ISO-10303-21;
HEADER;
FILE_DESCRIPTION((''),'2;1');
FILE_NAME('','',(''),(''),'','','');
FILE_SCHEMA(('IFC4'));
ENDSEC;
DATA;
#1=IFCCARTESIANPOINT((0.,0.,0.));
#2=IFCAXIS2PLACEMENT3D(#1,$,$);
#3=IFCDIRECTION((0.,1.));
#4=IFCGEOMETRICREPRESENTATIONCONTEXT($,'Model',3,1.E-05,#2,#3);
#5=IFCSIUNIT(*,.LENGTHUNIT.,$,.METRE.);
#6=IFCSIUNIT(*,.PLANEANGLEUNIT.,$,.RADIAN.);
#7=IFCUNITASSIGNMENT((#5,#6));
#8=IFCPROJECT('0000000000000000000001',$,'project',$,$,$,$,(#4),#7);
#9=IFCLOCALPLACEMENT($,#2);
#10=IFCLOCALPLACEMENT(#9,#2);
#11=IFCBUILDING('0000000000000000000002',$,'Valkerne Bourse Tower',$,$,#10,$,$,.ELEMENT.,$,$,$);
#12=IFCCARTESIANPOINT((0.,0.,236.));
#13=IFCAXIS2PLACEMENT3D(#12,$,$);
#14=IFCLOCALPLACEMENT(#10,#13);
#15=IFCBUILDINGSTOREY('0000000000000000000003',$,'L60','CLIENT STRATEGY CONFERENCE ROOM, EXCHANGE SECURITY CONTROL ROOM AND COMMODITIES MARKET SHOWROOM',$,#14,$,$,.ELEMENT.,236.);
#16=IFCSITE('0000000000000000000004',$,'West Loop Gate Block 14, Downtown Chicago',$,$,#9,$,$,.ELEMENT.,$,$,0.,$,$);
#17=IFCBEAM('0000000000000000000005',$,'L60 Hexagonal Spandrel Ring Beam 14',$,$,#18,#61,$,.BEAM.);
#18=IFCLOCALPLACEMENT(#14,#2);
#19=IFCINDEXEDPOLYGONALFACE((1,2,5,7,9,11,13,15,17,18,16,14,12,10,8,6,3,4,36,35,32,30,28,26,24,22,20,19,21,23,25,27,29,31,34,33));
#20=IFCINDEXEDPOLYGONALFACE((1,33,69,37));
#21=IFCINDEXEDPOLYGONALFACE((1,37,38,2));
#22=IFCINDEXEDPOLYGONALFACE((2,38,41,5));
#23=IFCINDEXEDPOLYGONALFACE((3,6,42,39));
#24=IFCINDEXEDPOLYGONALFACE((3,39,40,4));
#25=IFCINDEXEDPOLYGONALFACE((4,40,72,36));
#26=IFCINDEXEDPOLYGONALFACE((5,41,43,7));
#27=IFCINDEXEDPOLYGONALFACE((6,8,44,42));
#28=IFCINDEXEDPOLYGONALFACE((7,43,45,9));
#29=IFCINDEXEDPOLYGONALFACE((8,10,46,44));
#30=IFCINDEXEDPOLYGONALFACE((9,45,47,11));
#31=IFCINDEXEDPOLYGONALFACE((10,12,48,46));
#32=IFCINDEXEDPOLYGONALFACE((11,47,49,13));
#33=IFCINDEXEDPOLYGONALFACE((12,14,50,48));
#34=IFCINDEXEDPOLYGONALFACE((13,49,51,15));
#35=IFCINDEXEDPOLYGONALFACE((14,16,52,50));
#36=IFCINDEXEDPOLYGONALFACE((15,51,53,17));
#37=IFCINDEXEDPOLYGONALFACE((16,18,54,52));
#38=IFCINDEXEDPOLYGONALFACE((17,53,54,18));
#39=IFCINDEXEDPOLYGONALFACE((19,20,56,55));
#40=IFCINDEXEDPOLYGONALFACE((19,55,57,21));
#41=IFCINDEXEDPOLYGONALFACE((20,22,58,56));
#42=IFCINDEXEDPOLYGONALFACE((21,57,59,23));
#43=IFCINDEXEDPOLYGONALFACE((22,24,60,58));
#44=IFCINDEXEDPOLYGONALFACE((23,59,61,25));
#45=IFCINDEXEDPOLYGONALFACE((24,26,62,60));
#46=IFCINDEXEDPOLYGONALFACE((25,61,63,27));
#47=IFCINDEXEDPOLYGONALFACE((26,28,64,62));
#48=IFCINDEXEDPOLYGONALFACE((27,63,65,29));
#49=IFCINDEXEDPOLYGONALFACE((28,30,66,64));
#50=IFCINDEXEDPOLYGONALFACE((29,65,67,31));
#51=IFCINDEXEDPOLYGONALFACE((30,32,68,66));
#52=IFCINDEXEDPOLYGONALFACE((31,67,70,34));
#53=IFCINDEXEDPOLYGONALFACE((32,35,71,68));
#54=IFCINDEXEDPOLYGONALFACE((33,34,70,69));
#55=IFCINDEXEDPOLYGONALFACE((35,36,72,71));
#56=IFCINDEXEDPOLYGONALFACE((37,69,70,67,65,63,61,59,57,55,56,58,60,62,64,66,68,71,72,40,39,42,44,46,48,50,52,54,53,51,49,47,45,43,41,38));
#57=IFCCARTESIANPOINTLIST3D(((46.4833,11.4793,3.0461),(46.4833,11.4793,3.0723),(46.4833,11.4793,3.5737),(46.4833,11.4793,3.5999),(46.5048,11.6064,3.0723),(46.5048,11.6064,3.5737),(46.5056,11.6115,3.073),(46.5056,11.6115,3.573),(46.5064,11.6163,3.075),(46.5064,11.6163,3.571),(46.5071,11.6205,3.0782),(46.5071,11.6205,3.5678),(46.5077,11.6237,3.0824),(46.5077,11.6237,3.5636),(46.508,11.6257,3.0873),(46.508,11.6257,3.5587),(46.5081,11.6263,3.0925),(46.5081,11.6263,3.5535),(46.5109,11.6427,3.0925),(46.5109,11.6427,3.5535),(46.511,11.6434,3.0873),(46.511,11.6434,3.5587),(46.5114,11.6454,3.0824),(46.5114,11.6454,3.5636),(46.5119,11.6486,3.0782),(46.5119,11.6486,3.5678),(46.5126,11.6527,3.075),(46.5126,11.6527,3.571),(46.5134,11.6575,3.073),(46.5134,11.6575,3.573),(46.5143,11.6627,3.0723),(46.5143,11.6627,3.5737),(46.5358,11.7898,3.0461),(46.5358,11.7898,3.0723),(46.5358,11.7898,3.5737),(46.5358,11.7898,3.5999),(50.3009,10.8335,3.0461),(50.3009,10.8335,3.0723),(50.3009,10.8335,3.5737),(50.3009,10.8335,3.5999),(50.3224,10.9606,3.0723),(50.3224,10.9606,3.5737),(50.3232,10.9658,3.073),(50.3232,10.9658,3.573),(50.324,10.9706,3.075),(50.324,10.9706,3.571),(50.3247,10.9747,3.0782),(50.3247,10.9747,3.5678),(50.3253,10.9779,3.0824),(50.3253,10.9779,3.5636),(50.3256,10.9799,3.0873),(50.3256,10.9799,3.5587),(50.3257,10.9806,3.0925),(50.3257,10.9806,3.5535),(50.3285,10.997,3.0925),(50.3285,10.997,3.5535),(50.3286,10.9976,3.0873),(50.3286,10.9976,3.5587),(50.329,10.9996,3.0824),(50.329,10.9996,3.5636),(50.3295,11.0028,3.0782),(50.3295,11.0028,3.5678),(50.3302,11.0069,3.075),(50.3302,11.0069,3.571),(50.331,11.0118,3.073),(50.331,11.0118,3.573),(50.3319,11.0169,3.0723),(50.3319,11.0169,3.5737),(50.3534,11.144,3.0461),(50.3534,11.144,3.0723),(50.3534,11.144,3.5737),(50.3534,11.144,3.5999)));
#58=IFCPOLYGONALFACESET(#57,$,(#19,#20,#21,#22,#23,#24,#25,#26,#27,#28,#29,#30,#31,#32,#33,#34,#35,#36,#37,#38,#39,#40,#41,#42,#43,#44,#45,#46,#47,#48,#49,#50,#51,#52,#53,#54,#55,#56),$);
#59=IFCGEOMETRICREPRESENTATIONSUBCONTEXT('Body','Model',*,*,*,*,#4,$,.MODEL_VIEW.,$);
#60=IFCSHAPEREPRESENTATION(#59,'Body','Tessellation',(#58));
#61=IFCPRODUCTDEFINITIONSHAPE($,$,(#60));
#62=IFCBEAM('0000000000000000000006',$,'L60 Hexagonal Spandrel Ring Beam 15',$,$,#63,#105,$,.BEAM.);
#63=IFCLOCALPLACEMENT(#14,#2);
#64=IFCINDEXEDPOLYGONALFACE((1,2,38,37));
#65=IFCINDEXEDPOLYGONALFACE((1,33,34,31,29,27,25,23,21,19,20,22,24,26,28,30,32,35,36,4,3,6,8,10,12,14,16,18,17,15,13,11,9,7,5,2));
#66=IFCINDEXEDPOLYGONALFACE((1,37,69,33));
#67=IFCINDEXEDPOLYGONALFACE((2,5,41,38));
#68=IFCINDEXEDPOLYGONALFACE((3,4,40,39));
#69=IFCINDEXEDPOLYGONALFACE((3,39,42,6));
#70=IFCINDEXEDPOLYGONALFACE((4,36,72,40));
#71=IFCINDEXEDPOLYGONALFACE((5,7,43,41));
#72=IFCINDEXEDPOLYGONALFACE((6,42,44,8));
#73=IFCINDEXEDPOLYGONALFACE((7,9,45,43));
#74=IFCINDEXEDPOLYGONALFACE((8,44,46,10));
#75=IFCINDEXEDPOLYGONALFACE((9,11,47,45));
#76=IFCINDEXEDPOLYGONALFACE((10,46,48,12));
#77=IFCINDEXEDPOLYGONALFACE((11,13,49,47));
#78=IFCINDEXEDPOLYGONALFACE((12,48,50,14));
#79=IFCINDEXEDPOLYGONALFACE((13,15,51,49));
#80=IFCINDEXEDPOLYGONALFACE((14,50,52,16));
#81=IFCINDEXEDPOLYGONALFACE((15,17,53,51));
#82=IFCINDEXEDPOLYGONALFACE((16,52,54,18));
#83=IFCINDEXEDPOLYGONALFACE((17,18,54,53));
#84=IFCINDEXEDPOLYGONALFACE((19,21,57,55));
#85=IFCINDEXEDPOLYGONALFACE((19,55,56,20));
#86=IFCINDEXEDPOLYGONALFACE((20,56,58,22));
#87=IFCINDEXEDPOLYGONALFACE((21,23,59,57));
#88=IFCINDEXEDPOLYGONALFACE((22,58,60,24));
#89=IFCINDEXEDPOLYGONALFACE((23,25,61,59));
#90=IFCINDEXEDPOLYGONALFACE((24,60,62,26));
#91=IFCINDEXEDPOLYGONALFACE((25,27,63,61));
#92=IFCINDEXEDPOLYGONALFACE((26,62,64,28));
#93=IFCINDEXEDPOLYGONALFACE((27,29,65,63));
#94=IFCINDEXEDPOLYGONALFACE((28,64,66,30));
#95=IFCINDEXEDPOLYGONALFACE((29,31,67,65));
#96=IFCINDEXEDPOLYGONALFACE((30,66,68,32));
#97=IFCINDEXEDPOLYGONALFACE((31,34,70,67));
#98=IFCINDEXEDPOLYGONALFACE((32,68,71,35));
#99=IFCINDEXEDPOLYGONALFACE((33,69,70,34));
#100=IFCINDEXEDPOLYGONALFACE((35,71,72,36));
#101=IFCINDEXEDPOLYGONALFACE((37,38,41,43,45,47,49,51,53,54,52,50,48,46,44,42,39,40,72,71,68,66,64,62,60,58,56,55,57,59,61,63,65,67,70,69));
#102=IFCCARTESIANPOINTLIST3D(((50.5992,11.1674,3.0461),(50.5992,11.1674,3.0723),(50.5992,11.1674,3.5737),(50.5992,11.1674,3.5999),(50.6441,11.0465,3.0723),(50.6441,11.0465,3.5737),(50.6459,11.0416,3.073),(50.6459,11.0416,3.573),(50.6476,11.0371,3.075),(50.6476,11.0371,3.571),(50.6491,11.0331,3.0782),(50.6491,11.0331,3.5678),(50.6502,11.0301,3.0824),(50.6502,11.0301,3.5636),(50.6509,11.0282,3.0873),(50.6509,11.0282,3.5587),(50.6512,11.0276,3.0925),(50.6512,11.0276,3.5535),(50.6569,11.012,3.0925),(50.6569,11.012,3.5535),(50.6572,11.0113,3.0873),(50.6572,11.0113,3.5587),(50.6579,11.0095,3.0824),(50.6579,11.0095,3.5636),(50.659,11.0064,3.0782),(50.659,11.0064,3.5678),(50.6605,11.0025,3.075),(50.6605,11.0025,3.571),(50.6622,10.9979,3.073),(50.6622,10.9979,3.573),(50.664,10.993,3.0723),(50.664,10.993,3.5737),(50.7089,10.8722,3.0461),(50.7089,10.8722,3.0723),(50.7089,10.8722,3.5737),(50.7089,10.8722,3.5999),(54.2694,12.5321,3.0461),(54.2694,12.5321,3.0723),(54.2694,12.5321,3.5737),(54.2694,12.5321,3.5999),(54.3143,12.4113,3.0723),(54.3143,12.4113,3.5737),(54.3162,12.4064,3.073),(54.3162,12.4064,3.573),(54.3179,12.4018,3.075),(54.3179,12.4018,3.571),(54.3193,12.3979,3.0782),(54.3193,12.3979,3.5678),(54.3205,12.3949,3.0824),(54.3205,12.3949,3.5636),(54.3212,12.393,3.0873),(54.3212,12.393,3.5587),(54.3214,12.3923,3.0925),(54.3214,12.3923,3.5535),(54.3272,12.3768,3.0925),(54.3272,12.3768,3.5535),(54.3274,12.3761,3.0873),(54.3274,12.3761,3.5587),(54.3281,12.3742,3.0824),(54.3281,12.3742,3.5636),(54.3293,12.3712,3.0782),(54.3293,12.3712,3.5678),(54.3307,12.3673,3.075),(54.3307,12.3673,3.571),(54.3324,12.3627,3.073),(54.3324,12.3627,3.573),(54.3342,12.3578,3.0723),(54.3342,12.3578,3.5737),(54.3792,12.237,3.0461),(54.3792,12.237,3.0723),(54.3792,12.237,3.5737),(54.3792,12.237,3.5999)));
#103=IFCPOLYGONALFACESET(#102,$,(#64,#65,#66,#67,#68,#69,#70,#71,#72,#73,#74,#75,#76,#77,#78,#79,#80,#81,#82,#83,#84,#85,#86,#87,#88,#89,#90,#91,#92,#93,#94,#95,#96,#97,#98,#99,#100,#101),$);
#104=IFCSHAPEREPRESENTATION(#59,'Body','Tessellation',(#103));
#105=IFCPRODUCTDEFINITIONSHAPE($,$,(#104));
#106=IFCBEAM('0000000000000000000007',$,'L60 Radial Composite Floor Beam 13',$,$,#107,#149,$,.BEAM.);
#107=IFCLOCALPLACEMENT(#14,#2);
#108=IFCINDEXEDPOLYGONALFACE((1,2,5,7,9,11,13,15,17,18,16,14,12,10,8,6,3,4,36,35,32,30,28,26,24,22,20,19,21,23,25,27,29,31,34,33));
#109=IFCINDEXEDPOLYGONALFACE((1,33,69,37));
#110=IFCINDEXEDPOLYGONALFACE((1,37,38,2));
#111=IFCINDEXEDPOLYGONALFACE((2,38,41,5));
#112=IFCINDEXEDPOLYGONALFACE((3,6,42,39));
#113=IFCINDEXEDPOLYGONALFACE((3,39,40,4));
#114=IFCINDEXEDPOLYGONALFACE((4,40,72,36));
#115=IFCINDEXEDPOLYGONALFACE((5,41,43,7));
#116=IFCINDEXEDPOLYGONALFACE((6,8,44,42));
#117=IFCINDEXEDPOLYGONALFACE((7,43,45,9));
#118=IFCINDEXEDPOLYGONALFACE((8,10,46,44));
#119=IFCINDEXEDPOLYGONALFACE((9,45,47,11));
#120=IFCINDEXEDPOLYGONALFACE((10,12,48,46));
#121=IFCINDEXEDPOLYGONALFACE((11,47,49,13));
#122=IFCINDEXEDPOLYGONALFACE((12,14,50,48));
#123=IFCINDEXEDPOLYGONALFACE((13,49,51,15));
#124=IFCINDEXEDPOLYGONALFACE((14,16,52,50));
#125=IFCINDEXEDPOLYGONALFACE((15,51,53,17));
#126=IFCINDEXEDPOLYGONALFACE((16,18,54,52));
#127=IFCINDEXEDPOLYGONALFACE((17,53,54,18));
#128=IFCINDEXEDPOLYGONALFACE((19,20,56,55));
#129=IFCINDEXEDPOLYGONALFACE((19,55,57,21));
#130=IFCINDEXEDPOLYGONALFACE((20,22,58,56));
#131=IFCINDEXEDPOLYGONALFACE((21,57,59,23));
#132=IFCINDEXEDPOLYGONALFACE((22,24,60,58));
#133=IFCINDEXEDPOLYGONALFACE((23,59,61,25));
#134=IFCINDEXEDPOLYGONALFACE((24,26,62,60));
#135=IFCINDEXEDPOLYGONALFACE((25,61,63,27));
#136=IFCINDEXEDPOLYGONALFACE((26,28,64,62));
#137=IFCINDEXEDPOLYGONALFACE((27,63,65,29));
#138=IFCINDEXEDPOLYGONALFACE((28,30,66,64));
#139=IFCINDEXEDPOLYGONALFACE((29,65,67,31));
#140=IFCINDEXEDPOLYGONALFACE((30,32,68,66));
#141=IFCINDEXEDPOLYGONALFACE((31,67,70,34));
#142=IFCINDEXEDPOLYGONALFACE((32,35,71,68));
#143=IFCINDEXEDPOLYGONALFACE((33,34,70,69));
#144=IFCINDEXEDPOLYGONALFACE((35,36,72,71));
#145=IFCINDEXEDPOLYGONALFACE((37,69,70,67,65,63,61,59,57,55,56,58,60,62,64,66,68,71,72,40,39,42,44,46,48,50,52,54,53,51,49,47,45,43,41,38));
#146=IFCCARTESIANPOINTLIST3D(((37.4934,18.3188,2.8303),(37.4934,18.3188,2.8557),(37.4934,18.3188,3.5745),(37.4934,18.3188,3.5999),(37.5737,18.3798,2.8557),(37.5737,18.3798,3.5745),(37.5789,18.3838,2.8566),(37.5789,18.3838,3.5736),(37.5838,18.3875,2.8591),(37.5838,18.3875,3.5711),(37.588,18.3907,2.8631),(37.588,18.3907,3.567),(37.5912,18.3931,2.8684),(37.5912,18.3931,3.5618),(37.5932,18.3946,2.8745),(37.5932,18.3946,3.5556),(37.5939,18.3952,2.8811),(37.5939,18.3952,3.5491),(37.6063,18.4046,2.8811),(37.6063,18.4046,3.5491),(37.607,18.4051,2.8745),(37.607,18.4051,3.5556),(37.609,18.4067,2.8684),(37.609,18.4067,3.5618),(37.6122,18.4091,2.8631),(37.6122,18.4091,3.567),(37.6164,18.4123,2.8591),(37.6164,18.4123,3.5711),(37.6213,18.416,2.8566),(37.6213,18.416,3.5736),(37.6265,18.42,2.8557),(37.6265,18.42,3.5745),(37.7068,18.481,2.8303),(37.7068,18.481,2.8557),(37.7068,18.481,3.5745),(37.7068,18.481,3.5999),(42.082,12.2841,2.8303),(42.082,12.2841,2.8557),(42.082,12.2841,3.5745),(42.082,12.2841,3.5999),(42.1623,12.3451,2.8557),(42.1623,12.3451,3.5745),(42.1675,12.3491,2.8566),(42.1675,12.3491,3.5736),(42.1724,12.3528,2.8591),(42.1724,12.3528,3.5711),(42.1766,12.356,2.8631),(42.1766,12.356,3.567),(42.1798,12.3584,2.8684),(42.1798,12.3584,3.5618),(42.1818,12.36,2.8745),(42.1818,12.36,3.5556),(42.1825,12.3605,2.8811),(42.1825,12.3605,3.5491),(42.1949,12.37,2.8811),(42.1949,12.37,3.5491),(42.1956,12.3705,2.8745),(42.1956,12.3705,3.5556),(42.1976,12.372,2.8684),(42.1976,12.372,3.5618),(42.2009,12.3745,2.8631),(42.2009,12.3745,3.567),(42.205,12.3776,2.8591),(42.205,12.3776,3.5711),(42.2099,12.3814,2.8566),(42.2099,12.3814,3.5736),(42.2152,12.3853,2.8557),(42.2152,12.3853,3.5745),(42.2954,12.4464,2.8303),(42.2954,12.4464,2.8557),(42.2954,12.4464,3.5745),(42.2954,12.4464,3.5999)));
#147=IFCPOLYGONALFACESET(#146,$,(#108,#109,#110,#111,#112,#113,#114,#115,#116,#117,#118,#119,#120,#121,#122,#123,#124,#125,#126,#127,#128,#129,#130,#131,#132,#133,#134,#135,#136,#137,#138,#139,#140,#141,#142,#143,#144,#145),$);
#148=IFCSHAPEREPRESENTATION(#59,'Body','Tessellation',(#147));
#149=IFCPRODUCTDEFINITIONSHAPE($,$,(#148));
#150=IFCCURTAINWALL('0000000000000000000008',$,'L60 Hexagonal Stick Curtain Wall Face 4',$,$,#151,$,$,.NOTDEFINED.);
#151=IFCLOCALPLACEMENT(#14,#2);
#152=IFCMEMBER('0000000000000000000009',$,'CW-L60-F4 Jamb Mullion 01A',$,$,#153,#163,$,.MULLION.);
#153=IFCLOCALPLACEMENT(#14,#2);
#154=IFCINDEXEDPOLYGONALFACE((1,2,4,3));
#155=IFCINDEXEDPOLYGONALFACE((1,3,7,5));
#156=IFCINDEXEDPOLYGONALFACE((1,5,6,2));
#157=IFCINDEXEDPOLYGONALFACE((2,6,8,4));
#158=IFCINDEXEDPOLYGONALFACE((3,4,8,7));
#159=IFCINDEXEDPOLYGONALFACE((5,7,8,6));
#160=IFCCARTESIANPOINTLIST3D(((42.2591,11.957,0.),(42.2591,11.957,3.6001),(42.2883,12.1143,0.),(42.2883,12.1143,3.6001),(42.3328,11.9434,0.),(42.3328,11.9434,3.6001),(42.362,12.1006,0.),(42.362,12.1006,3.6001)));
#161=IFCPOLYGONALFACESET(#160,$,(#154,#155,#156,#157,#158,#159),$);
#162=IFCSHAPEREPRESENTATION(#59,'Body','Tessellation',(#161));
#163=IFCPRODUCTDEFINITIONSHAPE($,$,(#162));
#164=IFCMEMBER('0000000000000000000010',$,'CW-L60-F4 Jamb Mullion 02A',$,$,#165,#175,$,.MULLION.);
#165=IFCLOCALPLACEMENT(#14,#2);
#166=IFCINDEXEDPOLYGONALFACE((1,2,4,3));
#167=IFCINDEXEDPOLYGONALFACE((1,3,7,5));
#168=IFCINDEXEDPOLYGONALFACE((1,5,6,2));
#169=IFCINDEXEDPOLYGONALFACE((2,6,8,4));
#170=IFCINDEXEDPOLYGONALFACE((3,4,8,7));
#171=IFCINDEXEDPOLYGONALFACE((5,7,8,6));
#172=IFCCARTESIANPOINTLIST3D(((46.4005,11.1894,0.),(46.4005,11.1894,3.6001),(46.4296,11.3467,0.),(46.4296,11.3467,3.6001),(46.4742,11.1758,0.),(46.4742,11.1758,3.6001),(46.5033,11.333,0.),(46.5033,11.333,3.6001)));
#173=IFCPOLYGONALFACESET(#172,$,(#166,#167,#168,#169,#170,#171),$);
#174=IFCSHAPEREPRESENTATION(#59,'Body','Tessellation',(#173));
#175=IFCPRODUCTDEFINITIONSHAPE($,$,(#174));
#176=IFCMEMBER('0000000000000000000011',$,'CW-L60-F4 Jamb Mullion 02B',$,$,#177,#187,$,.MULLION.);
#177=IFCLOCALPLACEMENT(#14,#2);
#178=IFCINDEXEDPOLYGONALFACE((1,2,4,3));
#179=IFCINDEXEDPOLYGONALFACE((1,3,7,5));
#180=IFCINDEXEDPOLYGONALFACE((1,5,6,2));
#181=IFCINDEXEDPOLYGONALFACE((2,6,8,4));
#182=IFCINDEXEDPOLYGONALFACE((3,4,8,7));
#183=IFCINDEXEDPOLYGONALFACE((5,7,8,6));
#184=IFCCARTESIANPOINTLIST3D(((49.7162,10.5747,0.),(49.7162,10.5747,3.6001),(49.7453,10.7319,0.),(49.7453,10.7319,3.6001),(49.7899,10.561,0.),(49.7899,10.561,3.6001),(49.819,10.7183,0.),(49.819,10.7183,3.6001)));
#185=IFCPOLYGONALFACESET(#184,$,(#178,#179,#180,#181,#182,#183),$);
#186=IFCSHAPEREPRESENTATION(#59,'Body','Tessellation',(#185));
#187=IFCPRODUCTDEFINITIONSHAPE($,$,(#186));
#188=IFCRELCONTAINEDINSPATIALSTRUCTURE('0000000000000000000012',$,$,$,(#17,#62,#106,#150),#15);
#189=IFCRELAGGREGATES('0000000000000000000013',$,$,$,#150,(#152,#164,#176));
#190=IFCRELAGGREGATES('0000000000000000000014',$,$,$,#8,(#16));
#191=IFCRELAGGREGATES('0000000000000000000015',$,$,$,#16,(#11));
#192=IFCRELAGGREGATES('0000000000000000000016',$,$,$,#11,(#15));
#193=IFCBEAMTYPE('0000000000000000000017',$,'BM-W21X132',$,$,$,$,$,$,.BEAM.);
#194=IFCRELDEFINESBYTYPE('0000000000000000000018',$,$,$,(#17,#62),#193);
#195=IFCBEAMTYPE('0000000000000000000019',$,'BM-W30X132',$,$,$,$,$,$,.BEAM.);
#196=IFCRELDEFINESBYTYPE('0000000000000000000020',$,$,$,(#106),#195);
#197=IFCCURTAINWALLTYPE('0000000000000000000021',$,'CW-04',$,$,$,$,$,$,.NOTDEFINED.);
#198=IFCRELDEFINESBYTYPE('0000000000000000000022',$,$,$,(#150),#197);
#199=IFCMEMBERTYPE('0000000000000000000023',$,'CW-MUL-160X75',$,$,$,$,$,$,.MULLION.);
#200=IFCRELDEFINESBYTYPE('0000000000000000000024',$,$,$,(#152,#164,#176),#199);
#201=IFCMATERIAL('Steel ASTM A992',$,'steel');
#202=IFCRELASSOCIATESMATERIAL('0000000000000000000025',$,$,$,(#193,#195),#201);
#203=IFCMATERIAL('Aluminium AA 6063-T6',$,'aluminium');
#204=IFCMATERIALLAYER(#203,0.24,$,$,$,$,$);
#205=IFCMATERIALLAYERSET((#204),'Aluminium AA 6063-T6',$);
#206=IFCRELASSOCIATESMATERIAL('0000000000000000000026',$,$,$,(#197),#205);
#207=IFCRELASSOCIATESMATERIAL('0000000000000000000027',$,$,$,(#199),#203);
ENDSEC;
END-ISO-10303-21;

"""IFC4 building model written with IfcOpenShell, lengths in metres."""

from ifc_helpers import new_model, si_unit, direction, frame, origin, origin_2d, place, context, subcontext, project, spatial, rectangle, i_section, extrude, material, layer, layer_set, material_profile, profile_set, type_object, element, aggregate, save


model = new_model("IFC4")

# Units and contexts
model_context = context("Model", 3, precision=1e-05, world=origin(), true_north=direction((0.0, 1.0)))
body_context = subcontext(model_context, "Body", "Model", "MODEL_VIEW")
ifc_project = project(units=[si_unit("LENGTHUNIT", "METRE"), si_unit("PLANEANGLEUNIT", "RADIAN")], contexts=[model_context])

# Site, building, storey
site_placement = place(None, origin())
site = spatial("IfcSite", under=ifc_project, at=site_placement, Name="West Loop Gate Block 14, Downtown Chicago", CompositionType="ELEMENT", RefElevation=0.0)
building_placement = place(site_placement, origin())
building = spatial("IfcBuilding", under=site, at=building_placement, Name="Valkerne Bourse Tower", CompositionType="ELEMENT")
storey_placement = place(building_placement, frame((0.0, 0.0, 236.0)))
storey = spatial("IfcBuildingStorey", under=building, at=storey_placement, Name="L60", Description="CLIENT STRATEGY CONFERENCE ROOM, EXCHANGE SECURITY CONTROL ROOM AND COMMODITIES MARKET SHOWROOM", CompositionType="ELEMENT", Elevation=236.0)

# Beams
ifc_material_1 = material(Name="Steel ASTM A992", Category="steel")
ifc_material_profile_1 = material_profile(ifc_material_1, i_section(OverallWidth=0.3149, OverallDepth=0.5537, WebThickness=0.0166, FlangeThickness=0.0261, FilletRadius=0.0203, at=origin_2d()), Name="W21X132")
ifc_profile_set_1 = profile_set([ifc_material_profile_1], Name="Steel ASTM A992")
beam_type_1 = type_object("IfcBeamType", Name="BM-W21X132", PredefinedType="BEAM", material=ifc_profile_set_1)
beam_1_placement = place(storey_placement, frame((46.5095, 11.6345, 3.323), z_axis=(0.985994, -0.166781, 0.0), x_axis=(0.166781, 0.985994, 0.0)))
element("IfcBeam", 1, at=beam_1_placement, inside=storey, type_object=beam_type_1, Name="L60 Hexagonal Spandrel Ring Beam 14", PredefinedType="BEAM", context=body_context, shape_type="SweptSolid", body=[
    extrude(i_section(OverallWidth=0.3149, OverallDepth=0.5537, WebThickness=0.0166, FlangeThickness=0.0261, FilletRadius=0.0203, at=origin_2d()), origin(), (0.0, 0.0, 1.0), 3.8718),
])
beam_2_placement = place(storey_placement, frame((50.6541, 11.0198, 3.323), z_axis=(0.937297, 0.348532, 0.0), x_axis=(-0.348532, 0.937297, 0.0)))
element("IfcBeam", 2, at=beam_2_placement, inside=storey, type_object=beam_type_1, Name="L60 Hexagonal Spandrel Ring Beam 15", PredefinedType="BEAM", context=body_context, shape_type="SweptSolid", body=[
    extrude(i_section(OverallWidth=0.3149, OverallDepth=0.5537, WebThickness=0.0166, FlangeThickness=0.0261, FilletRadius=0.0203, at=origin_2d()), origin(), (0.0, 0.0, 1.0), 3.9158),
])
ifc_material_profile_2 = material_profile(ifc_material_1, i_section(OverallWidth=0.2681, OverallDepth=0.7695, WebThickness=0.0156, FlangeThickness=0.0254, FilletRadius=0.0254, at=origin_2d()), Name="W30X132")
ifc_profile_set_2 = profile_set([ifc_material_profile_2], Name="Steel ASTM A992")
beam_type_2 = type_object("IfcBeamType", Name="BM-W30X132", PredefinedType="BEAM", material=ifc_profile_set_2)
beam_3_placement = place(storey_placement, frame((42.1887, 12.3652, 3.2151), z_axis=(-0.605274, 0.796018, 0.0), x_axis=(-0.796018, -0.605274, 0.0)))
element("IfcBeam", 3, at=beam_3_placement, inside=storey, type_object=beam_type_2, Name="L60 Radial Composite Floor Beam 13", PredefinedType="BEAM", context=body_context, shape_type="SweptSolid", body=[
    extrude(i_section(OverallWidth=0.2681, OverallDepth=0.7695, WebThickness=0.0156, FlangeThickness=0.0254, FilletRadius=0.0254, at=origin_2d()), origin(), (0.0, 0.0, 1.0), 7.5811),
])

# Curtain wall, members
ifc_material_2 = material(Name="Aluminium AA 6063-T6", Category="aluminium")
ifc_layer_1 = layer(ifc_material_2, 0.24)
ifc_layer_set_1 = layer_set([ifc_layer_1], Name="Aluminium AA 6063-T6")
curtain_wall_type = type_object("IfcCurtainWallType", Name="CW-04", PredefinedType="NOTDEFINED", material=ifc_layer_set_1)
curtain_wall_placement = place(storey_placement, origin())
curtain_wall = element("IfcCurtainWall", 4, at=curtain_wall_placement, inside=storey, type_object=curtain_wall_type, Name="L60 Hexagonal Stick Curtain Wall Face 4", PredefinedType="NOTDEFINED")
ifc_material_profile_3 = material_profile(ifc_material_2, rectangle(XDim=0.075, YDim=0.1599, at=origin_2d()), Name="CWM-75X160")
ifc_profile_set_3 = profile_set([ifc_material_profile_3], Name="Aluminium AA 6063-T6")
member_type = type_object("IfcMemberType", Name="CW-MUL-160X75", PredefinedType="MULLION", material=ifc_profile_set_3)
member_1_placement = place(storey_placement, frame((42.3105, 12.0288, 0.0), z_axis=(0.0, 0.0, 1.0), x_axis=(0.983258, -0.182217, 0.0)))
member_1 = element("IfcMember", 5, at=member_1_placement, type_object=member_type, Name="CW-L60-F4 Jamb Mullion 01A", PredefinedType="MULLION", context=body_context, shape_type="SweptSolid", body=[
    extrude(rectangle(XDim=0.075, YDim=0.1599, at=origin_2d()), origin(), (0.0, 0.0, 1.0), 3.6001),
])
member_2_placement = place(storey_placement, frame((46.4519, 11.2612, 0.0), z_axis=(0.0, 0.0, 1.0), x_axis=(0.983254, -0.18224, 0.0)))
member_2 = element("IfcMember", 6, at=member_2_placement, type_object=member_type, Name="CW-L60-F4 Jamb Mullion 02A", PredefinedType="MULLION", context=body_context, shape_type="SweptSolid", body=[
    extrude(rectangle(XDim=0.075, YDim=0.1599, at=origin_2d()), origin(), (0.0, 0.0, 1.0), 3.6001),
])
member_3_placement = place(storey_placement, frame((49.7676, 10.6465, 0.0), z_axis=(0.0, 0.0, 1.0), x_axis=(0.983254, -0.18224, 0.0)))
member_3 = element("IfcMember", 7, at=member_3_placement, type_object=member_type, Name="CW-L60-F4 Jamb Mullion 02B", PredefinedType="MULLION", context=body_context, shape_type="SweptSolid", body=[
    extrude(rectangle(XDim=0.075, YDim=0.1599, at=origin_2d()), origin(), (0.0, 0.0, 1.0), 3.6001),
])
aggregate(curtain_wall, [member_1, member_2, member_3])

save(model, "model.ifc")
